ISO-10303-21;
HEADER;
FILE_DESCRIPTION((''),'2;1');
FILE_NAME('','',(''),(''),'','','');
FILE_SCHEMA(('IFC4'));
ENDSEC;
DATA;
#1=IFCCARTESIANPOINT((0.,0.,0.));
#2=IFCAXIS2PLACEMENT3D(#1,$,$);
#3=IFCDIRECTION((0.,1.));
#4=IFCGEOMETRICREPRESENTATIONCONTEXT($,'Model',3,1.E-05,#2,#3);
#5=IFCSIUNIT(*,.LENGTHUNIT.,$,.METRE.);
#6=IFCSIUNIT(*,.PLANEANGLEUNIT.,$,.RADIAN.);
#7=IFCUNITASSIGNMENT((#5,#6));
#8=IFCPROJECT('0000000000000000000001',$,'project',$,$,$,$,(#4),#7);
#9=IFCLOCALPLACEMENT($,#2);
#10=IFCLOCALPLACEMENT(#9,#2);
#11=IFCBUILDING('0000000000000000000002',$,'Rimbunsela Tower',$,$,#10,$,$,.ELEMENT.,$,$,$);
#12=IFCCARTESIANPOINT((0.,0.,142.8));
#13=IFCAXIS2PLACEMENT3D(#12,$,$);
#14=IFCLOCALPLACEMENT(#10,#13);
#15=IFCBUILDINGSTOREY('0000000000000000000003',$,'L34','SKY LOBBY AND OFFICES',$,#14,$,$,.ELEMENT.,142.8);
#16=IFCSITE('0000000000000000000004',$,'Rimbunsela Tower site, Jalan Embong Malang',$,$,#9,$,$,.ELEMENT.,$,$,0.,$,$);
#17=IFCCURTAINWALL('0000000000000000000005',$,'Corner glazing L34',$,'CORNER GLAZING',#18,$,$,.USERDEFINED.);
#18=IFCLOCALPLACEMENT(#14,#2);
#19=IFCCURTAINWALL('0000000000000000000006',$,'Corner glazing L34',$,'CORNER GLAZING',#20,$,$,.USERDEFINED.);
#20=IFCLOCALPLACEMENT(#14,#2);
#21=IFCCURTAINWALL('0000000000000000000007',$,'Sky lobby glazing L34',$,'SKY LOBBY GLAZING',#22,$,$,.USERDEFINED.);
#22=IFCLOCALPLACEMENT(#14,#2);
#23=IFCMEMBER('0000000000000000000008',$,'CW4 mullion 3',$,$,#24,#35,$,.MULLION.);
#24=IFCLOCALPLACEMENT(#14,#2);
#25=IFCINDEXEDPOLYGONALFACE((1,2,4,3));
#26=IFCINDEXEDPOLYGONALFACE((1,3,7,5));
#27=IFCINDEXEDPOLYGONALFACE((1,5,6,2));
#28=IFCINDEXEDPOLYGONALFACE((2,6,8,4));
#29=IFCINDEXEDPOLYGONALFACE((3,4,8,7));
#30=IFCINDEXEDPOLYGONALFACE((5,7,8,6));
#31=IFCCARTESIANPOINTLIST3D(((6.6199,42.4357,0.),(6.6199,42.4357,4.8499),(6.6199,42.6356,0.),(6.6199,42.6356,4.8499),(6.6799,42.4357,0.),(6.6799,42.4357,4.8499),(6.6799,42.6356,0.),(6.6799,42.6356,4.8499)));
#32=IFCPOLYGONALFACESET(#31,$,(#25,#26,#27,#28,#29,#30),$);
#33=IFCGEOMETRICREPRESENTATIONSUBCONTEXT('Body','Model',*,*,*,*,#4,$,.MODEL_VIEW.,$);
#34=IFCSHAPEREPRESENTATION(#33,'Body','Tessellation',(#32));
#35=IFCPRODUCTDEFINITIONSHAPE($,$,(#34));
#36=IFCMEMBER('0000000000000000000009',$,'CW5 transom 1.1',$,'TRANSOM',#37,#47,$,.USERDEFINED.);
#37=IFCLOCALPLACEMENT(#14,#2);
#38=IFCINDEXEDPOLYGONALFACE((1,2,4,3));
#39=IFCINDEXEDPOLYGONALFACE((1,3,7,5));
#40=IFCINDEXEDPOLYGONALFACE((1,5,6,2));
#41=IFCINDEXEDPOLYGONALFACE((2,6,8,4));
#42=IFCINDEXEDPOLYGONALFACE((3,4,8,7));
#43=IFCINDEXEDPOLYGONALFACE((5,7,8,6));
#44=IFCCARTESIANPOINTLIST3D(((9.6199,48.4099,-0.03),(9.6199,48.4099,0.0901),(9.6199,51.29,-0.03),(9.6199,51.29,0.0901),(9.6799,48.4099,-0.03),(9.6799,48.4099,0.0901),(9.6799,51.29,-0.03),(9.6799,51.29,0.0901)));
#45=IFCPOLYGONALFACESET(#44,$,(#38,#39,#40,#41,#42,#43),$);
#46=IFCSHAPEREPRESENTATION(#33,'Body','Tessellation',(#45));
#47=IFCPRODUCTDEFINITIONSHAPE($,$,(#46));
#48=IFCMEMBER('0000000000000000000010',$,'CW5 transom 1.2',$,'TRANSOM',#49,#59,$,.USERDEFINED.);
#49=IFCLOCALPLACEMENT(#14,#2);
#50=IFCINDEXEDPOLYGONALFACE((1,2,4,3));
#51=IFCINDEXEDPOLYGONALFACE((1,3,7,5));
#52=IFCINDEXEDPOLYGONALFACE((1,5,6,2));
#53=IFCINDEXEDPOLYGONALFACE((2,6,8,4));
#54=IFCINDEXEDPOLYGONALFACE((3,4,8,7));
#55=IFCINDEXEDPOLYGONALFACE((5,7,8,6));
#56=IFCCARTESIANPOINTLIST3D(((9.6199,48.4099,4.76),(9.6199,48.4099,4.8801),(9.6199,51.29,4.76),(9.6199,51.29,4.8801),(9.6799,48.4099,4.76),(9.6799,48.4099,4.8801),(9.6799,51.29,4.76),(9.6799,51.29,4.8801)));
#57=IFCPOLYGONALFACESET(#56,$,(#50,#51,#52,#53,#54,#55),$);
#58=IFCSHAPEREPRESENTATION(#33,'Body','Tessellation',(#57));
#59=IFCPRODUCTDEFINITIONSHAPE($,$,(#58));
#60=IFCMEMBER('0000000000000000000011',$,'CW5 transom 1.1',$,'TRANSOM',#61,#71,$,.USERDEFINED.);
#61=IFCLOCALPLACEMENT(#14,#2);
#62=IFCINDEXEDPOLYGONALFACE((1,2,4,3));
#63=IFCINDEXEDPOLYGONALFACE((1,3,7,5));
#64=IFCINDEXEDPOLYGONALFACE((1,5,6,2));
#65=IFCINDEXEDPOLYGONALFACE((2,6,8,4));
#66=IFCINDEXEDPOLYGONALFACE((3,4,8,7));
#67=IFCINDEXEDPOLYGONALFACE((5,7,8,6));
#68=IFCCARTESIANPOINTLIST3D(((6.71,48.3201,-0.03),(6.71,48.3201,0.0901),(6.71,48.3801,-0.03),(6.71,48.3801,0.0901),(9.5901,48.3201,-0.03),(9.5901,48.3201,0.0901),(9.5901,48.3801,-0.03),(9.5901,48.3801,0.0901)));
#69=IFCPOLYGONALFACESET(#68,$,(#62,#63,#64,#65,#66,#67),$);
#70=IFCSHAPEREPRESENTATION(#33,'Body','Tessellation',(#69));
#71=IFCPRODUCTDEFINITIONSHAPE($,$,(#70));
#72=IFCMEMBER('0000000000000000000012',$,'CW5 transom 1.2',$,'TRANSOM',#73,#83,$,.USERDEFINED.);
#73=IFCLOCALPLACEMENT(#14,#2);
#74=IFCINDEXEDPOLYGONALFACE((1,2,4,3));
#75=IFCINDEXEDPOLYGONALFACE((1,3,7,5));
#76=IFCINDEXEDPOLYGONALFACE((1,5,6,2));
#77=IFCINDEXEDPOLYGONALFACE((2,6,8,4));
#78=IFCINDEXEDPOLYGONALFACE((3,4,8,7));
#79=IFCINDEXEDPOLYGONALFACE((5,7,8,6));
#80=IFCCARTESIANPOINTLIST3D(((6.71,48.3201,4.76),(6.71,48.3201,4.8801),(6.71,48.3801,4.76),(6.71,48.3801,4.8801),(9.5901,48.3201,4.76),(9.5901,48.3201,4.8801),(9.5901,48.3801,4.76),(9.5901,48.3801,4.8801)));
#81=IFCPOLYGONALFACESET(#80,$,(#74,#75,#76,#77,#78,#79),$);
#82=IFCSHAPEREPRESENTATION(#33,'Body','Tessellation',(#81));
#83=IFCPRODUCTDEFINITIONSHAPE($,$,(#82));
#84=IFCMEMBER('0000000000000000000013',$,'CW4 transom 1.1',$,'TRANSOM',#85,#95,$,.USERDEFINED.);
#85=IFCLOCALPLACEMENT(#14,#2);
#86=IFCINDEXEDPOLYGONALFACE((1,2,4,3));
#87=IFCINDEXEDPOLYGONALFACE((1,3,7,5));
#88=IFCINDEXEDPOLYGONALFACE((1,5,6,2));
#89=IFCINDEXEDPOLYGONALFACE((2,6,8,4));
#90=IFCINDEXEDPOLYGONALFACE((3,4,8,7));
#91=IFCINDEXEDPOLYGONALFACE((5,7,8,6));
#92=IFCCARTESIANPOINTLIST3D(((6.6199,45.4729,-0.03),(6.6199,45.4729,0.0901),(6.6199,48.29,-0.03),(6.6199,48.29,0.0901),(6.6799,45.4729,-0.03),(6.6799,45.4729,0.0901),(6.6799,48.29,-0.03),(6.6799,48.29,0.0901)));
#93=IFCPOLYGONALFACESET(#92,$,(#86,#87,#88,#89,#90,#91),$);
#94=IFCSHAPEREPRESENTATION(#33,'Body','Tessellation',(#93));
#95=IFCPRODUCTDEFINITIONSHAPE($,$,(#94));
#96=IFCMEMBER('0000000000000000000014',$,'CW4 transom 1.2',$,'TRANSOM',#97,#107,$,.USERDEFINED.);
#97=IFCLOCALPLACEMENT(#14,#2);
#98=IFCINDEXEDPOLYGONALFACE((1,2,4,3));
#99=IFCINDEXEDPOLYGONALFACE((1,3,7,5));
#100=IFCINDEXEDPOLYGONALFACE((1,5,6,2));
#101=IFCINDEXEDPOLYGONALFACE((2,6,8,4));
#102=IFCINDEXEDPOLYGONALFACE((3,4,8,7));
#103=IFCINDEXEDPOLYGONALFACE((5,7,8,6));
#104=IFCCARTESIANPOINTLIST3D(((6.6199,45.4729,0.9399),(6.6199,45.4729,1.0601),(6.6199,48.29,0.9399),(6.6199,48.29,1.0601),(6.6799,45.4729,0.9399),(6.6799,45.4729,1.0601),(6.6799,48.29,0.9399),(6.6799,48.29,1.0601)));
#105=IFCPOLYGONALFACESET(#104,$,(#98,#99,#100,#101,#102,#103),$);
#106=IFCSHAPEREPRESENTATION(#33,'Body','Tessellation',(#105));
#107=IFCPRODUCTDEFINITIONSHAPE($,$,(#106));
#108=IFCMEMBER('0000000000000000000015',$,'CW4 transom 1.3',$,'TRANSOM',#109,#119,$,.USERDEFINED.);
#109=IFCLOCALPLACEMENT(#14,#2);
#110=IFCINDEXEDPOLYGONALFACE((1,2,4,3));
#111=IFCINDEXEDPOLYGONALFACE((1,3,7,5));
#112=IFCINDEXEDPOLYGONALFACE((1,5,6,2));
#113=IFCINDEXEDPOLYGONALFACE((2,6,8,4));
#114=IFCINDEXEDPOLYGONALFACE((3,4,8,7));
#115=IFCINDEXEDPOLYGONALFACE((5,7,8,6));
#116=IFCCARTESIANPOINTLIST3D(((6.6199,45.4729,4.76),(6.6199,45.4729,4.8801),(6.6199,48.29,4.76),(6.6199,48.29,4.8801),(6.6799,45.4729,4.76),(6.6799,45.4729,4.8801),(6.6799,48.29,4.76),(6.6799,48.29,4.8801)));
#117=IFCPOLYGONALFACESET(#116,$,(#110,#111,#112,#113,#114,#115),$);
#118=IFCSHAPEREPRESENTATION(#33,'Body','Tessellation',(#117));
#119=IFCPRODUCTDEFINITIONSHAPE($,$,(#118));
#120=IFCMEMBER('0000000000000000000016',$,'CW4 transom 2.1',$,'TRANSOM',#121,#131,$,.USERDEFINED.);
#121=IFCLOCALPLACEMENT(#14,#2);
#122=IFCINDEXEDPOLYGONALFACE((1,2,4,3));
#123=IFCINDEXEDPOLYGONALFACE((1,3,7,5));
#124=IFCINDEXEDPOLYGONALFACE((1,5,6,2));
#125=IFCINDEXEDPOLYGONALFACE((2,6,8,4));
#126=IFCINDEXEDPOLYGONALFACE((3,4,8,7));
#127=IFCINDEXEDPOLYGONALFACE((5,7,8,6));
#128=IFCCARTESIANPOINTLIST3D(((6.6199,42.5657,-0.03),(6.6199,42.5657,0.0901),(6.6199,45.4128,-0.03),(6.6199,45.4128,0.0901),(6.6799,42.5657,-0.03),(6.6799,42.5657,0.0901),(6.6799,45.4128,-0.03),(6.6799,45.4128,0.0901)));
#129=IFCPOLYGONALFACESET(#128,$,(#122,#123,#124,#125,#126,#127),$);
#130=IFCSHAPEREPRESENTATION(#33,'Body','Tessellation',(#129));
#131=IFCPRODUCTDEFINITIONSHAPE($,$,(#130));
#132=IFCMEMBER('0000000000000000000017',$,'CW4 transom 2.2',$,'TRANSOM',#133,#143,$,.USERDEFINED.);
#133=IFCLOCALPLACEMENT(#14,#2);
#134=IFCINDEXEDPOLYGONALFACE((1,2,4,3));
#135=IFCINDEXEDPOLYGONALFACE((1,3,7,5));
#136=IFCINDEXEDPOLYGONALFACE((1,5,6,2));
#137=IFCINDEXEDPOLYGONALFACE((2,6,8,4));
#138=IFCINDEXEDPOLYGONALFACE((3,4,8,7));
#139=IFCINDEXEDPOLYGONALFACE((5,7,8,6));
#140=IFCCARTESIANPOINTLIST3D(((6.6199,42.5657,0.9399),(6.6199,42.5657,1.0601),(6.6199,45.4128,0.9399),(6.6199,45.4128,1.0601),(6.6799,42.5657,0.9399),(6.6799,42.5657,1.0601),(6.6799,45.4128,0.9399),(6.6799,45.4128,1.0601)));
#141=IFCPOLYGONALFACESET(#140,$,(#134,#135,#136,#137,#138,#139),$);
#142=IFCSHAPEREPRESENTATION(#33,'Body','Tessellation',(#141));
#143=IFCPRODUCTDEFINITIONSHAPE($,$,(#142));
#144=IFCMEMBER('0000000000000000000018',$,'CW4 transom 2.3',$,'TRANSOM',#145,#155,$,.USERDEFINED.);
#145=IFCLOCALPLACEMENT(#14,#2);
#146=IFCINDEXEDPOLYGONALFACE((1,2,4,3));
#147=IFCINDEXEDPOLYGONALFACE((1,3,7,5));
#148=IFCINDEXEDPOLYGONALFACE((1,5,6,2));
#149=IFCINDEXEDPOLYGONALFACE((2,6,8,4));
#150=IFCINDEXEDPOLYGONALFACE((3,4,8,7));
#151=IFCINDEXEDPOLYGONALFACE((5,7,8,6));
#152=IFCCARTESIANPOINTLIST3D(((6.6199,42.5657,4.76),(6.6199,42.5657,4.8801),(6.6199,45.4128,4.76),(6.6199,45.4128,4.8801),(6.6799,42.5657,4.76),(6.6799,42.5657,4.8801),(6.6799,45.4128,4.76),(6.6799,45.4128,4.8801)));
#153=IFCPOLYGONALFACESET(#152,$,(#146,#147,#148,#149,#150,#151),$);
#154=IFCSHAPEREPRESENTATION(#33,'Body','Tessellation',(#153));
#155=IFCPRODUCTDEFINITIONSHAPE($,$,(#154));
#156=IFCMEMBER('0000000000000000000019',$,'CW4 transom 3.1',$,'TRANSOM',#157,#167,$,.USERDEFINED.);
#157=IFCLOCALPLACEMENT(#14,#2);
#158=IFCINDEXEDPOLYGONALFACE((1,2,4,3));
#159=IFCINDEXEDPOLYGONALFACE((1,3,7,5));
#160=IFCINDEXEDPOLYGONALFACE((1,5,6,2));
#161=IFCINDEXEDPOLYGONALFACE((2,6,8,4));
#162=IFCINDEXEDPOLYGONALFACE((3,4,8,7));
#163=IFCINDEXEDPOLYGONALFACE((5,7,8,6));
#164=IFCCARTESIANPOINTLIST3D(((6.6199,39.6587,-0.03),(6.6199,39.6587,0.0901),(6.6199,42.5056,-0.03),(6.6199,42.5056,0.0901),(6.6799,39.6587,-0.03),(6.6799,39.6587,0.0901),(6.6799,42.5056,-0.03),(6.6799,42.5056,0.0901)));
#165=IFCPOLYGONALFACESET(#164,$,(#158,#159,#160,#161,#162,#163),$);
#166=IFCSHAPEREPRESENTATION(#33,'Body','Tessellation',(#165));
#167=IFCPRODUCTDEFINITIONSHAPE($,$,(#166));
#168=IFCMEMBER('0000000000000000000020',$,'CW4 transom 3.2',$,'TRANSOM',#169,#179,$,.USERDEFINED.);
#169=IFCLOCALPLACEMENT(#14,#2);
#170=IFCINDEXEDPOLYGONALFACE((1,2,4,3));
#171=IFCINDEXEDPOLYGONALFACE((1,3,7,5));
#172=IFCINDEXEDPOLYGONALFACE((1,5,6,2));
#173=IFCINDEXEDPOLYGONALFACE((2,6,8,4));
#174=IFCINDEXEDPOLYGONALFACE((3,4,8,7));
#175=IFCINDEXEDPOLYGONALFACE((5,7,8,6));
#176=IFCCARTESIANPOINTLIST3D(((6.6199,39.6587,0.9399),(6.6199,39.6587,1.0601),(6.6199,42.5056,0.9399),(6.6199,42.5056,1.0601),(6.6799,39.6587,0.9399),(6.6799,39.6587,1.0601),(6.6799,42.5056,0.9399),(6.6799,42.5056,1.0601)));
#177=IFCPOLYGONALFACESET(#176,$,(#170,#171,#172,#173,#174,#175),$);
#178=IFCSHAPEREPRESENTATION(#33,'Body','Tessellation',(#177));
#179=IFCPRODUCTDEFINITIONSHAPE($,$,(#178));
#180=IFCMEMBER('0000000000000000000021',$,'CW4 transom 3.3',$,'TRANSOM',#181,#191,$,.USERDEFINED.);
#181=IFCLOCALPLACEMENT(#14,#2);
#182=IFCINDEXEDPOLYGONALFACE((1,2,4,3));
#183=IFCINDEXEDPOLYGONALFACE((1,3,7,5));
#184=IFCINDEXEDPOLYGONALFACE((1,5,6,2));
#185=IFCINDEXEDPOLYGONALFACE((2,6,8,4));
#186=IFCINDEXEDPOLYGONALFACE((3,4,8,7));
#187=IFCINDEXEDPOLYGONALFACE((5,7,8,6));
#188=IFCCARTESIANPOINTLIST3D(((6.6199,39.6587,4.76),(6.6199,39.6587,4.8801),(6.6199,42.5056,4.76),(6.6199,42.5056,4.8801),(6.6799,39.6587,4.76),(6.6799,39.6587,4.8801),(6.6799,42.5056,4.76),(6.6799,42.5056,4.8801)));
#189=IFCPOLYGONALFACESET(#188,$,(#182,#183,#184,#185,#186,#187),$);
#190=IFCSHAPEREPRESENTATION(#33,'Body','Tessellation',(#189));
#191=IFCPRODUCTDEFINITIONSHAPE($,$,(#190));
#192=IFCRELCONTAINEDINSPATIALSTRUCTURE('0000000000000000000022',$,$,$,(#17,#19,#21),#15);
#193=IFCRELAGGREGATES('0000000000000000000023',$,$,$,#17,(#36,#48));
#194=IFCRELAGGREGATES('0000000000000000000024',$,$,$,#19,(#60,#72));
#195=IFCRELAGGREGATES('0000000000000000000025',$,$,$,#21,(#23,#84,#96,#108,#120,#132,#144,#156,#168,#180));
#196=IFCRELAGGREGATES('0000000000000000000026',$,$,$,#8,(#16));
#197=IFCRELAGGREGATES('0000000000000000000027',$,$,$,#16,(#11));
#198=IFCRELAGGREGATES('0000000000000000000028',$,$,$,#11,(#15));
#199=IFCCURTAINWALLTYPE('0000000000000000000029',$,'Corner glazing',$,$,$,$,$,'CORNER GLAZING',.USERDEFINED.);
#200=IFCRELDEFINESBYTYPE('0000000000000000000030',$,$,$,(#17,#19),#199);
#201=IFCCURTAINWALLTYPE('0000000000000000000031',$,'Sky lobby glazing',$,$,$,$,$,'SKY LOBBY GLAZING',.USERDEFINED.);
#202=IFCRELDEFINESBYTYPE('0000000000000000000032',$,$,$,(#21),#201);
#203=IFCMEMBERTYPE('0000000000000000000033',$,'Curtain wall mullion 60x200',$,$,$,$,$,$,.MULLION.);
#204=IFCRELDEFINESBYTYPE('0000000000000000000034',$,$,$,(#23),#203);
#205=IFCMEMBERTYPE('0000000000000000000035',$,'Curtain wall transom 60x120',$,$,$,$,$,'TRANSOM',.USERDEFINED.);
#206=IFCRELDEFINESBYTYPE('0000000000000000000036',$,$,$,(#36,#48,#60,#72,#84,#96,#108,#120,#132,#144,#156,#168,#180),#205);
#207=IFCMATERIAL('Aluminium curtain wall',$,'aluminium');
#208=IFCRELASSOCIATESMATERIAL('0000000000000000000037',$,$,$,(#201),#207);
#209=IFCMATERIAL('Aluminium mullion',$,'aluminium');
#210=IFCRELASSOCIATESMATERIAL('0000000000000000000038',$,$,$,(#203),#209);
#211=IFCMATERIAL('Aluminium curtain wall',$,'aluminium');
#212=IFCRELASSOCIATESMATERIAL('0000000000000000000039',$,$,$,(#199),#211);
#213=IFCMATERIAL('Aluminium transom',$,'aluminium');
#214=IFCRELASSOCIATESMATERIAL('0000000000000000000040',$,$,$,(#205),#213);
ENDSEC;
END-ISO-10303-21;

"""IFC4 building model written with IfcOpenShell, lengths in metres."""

from ifc_helpers import new_model, si_unit, direction, frame, origin, origin_2d, place, context, subcontext, project, spatial, rectangle, extrude, material, material_profile, profile_set, type_object, element, aggregate, save


model = new_model("IFC4")

# Units and contexts
model_context = context("Model", 3, precision=1e-05, world=origin(), true_north=direction((0.0, 1.0)))
body_context = subcontext(model_context, "Body", "Model", "MODEL_VIEW")
ifc_project = project(units=[si_unit("LENGTHUNIT", "METRE"), si_unit("PLANEANGLEUNIT", "RADIAN")], contexts=[model_context])

# Site, building, storey
site_placement = place(None, origin())
site = spatial("IfcSite", under=ifc_project, at=site_placement, Name="Rimbunsela Tower site, Jalan Embong Malang", CompositionType="ELEMENT", RefElevation=0.0)
building_placement = place(site_placement, origin())
building = spatial("IfcBuilding", under=site, at=building_placement, Name="Rimbunsela Tower", CompositionType="ELEMENT")
storey_placement = place(building_placement, frame((0.0, 0.0, 142.8)))
storey = spatial("IfcBuildingStorey", under=building, at=storey_placement, Name="L34", Description="SKY LOBBY AND OFFICES", CompositionType="ELEMENT", Elevation=142.8)

# Shared definitions
ifc_material_1 = material(Name="Aluminium curtain wall", Category="aluminium")
curtain_wall_type_1 = type_object("IfcCurtainWallType", Name="Sky lobby glazing", ElementType="SKY LOBBY GLAZING", PredefinedType="USERDEFINED", material=ifc_material_1)
ifc_material_2 = material(Name="Aluminium mullion", Category="aluminium")
ifc_material_profile_1 = material_profile(ifc_material_2, rectangle(XDim=0.0601, YDim=0.2, at=origin_2d()), Name="Mullion 60x200")
ifc_profile_set_1 = profile_set([ifc_material_profile_1], Name="Aluminium mullion")
member_type_1 = type_object("IfcMemberType", Name="Curtain wall mullion 60x200", PredefinedType="MULLION", material=ifc_profile_set_1)

# Curtain walls, member
ifc_material_3 = material(Name="Aluminium curtain wall", Category="aluminium")
curtain_wall_type_2 = type_object("IfcCurtainWallType", Name="Corner glazing", ElementType="CORNER GLAZING", PredefinedType="USERDEFINED", material=ifc_material_3)
curtain_wall_1_placement = place(storey_placement, origin())
curtain_wall_1 = element("IfcCurtainWall", 1, at=curtain_wall_1_placement, inside=storey, type_object=curtain_wall_type_2, Name="Corner glazing L34", ObjectType="CORNER GLAZING", PredefinedType="USERDEFINED")
curtain_wall_2_placement = place(storey_placement, origin())
curtain_wall_2 = element("IfcCurtainWall", 2, at=curtain_wall_2_placement, inside=storey, type_object=curtain_wall_type_2, Name="Corner glazing L34", ObjectType="CORNER GLAZING", PredefinedType="USERDEFINED")
curtain_wall_3_placement = place(storey_placement, origin())
curtain_wall_3 = element("IfcCurtainWall", 3, at=curtain_wall_3_placement, inside=storey, type_object=curtain_wall_type_1, Name="Sky lobby glazing L34", ObjectType="SKY LOBBY GLAZING", PredefinedType="USERDEFINED")
member_1_placement = place(storey_placement, frame((6.6499, 42.5356, 0.0), z_axis=(0.0, 0.0, 1.0), x_axis=(1.0, 0.0, 0.0)))
member_1 = element("IfcMember", 4, at=member_1_placement, type_object=member_type_1, Name="CW4 mullion 3", PredefinedType="MULLION", context=body_context, shape_type="SweptSolid", body=[
    extrude(rectangle(XDim=0.0601, YDim=0.2, at=origin_2d()), origin(), (0.0, 0.0, 1.0), 4.8499),
])

# Members
ifc_material_4 = material(Name="Aluminium transom", Category="aluminium")
ifc_material_profile_2 = material_profile(ifc_material_4, rectangle(XDim=0.0601, YDim=0.1201, at=origin_2d()), Name="Transom 60x120")
ifc_profile_set_2 = profile_set([ifc_material_profile_2], Name="Aluminium transom")
member_type_2 = type_object("IfcMemberType", Name="Curtain wall transom 60x120", ElementType="TRANSOM", PredefinedType="USERDEFINED", material=ifc_profile_set_2)
member_2_placement = place(storey_placement, frame((9.6499, 51.29, 0.03), z_axis=(0.0, -1.0, 0.0), x_axis=(1.0, 0.0, 0.0)))
member_2 = element("IfcMember", 5, at=member_2_placement, type_object=member_type_2, Name="CW5 transom 1.1", ObjectType="TRANSOM", PredefinedType="USERDEFINED", context=body_context, shape_type="SweptSolid", body=[
    extrude(rectangle(XDim=0.0601, YDim=0.1201, at=origin_2d()), origin(), (0.0, 0.0, 1.0), 2.8801),
])
member_3_placement = place(storey_placement, frame((9.6499, 51.29, 4.8201), z_axis=(0.0, -1.0, 0.0), x_axis=(1.0, 0.0, 0.0)))
member_3 = element("IfcMember", 6, at=member_3_placement, type_object=member_type_2, Name="CW5 transom 1.2", ObjectType="TRANSOM", PredefinedType="USERDEFINED", context=body_context, shape_type="SweptSolid", body=[
    extrude(rectangle(XDim=0.0601, YDim=0.1201, at=origin_2d()), origin(), (0.0, 0.0, 1.0), 2.8801),
])
member_4_placement = place(storey_placement, frame((9.5901, 48.3501, 0.03), z_axis=(-1.0, 0.0, 0.0), x_axis=(0.0, -1.0, 0.0)))
member_4 = element("IfcMember", 7, at=member_4_placement, type_object=member_type_2, Name="CW5 transom 1.1", ObjectType="TRANSOM", PredefinedType="USERDEFINED", context=body_context, shape_type="SweptSolid", body=[
    extrude(rectangle(XDim=0.0601, YDim=0.1201, at=origin_2d()), origin(), (0.0, 0.0, 1.0), 2.8801),
])
member_5_placement = place(storey_placement, frame((9.5901, 48.3501, 4.8201), z_axis=(-1.0, 0.0, 0.0), x_axis=(0.0, -1.0, 0.0)))
member_5 = element("IfcMember", 8, at=member_5_placement, type_object=member_type_2, Name="CW5 transom 1.2", ObjectType="TRANSOM", PredefinedType="USERDEFINED", context=body_context, shape_type="SweptSolid", body=[
    extrude(rectangle(XDim=0.0601, YDim=0.1201, at=origin_2d()), origin(), (0.0, 0.0, 1.0), 2.8801),
])
member_6_placement = place(storey_placement, frame((6.6499, 48.29, 0.03), z_axis=(0.0, -1.0, 0.0), x_axis=(1.0, 0.0, 0.0)))
member_6 = element("IfcMember", 9, at=member_6_placement, type_object=member_type_2, Name="CW4 transom 1.1", ObjectType="TRANSOM", PredefinedType="USERDEFINED", context=body_context, shape_type="SweptSolid", body=[
    extrude(rectangle(XDim=0.0601, YDim=0.1201, at=origin_2d()), origin(), (0.0, 0.0, 1.0), 2.8171),
])
member_7_placement = place(storey_placement, frame((6.6499, 48.29, 1.0), z_axis=(0.0, -1.0, 0.0), x_axis=(1.0, 0.0, 0.0)))
member_7 = element("IfcMember", 10, at=member_7_placement, type_object=member_type_2, Name="CW4 transom 1.2", ObjectType="TRANSOM", PredefinedType="USERDEFINED", context=body_context, shape_type="SweptSolid", body=[
    extrude(rectangle(XDim=0.0601, YDim=0.1201, at=origin_2d()), origin(), (0.0, 0.0, 1.0), 2.8171),
])
member_8_placement = place(storey_placement, frame((6.6499, 48.29, 4.8201), z_axis=(0.0, -1.0, 0.0), x_axis=(1.0, 0.0, 0.0)))
member_8 = element("IfcMember", 11, at=member_8_placement, type_object=member_type_2, Name="CW4 transom 1.3", ObjectType="TRANSOM", PredefinedType="USERDEFINED", context=body_context, shape_type="SweptSolid", body=[
    extrude(rectangle(XDim=0.0601, YDim=0.1201, at=origin_2d()), origin(), (0.0, 0.0, 1.0), 2.8171),
])
member_9_placement = place(storey_placement, frame((6.6499, 45.4128, 0.03), z_axis=(0.0, -1.0, 0.0), x_axis=(1.0, 0.0, 0.0)))
member_9 = element("IfcMember", 12, at=member_9_placement, type_object=member_type_2, Name="CW4 transom 2.1", ObjectType="TRANSOM", PredefinedType="USERDEFINED", context=body_context, shape_type="SweptSolid", body=[
    extrude(rectangle(XDim=0.0601, YDim=0.1201, at=origin_2d()), origin(), (0.0, 0.0, 1.0), 2.8472),
])
member_10_placement = place(storey_placement, frame((6.6499, 45.4128, 1.0), z_axis=(0.0, -1.0, 0.0), x_axis=(1.0, 0.0, 0.0)))
member_10 = element("IfcMember", 13, at=member_10_placement, type_object=member_type_2, Name="CW4 transom 2.2", ObjectType="TRANSOM", PredefinedType="USERDEFINED", context=body_context, shape_type="SweptSolid", body=[
    extrude(rectangle(XDim=0.0601, YDim=0.1201, at=origin_2d()), origin(), (0.0, 0.0, 1.0), 2.8472),
])
member_11_placement = place(storey_placement, frame((6.6499, 45.4128, 4.8201), z_axis=(0.0, -1.0, 0.0), x_axis=(1.0, 0.0, 0.0)))
member_11 = element("IfcMember", 14, at=member_11_placement, type_object=member_type_2, Name="CW4 transom 2.3", ObjectType="TRANSOM", PredefinedType="USERDEFINED", context=body_context, shape_type="SweptSolid", body=[
    extrude(rectangle(XDim=0.0601, YDim=0.1201, at=origin_2d()), origin(), (0.0, 0.0, 1.0), 2.8472),
])
member_12_placement = place(storey_placement, frame((6.6499, 42.5056, 0.03), z_axis=(0.0, -1.0, 0.0), x_axis=(1.0, 0.0, 0.0)))
member_12 = element("IfcMember", 15, at=member_12_placement, type_object=member_type_2, Name="CW4 transom 3.1", ObjectType="TRANSOM", PredefinedType="USERDEFINED", context=body_context, shape_type="SweptSolid", body=[
    extrude(rectangle(XDim=0.0601, YDim=0.1201, at=origin_2d()), origin(), (0.0, 0.0, 1.0), 2.8469),
])
member_13_placement = place(storey_placement, frame((6.6499, 42.5056, 1.0), z_axis=(0.0, -1.0, 0.0), x_axis=(1.0, 0.0, 0.0)))
member_13 = element("IfcMember", 16, at=member_13_placement, type_object=member_type_2, Name="CW4 transom 3.2", ObjectType="TRANSOM", PredefinedType="USERDEFINED", context=body_context, shape_type="SweptSolid", body=[
    extrude(rectangle(XDim=0.0601, YDim=0.1201, at=origin_2d()), origin(), (0.0, 0.0, 1.0), 2.8469),
])
member_14_placement = place(storey_placement, frame((6.6499, 42.5056, 4.8201), z_axis=(0.0, -1.0, 0.0), x_axis=(1.0, 0.0, 0.0)))
member_14 = element("IfcMember", 17, at=member_14_placement, type_object=member_type_2, Name="CW4 transom 3.3", ObjectType="TRANSOM", PredefinedType="USERDEFINED", context=body_context, shape_type="SweptSolid", body=[
    extrude(rectangle(XDim=0.0601, YDim=0.1201, at=origin_2d()), origin(), (0.0, 0.0, 1.0), 2.8469),
])

aggregate(curtain_wall_1, [member_2, member_3])
aggregate(curtain_wall_2, [member_4, member_5])
aggregate(curtain_wall_3, [member_1, member_6, member_7, member_8, member_9, member_10, member_11, member_12, member_13, member_14])

save(model, "model.ifc")
